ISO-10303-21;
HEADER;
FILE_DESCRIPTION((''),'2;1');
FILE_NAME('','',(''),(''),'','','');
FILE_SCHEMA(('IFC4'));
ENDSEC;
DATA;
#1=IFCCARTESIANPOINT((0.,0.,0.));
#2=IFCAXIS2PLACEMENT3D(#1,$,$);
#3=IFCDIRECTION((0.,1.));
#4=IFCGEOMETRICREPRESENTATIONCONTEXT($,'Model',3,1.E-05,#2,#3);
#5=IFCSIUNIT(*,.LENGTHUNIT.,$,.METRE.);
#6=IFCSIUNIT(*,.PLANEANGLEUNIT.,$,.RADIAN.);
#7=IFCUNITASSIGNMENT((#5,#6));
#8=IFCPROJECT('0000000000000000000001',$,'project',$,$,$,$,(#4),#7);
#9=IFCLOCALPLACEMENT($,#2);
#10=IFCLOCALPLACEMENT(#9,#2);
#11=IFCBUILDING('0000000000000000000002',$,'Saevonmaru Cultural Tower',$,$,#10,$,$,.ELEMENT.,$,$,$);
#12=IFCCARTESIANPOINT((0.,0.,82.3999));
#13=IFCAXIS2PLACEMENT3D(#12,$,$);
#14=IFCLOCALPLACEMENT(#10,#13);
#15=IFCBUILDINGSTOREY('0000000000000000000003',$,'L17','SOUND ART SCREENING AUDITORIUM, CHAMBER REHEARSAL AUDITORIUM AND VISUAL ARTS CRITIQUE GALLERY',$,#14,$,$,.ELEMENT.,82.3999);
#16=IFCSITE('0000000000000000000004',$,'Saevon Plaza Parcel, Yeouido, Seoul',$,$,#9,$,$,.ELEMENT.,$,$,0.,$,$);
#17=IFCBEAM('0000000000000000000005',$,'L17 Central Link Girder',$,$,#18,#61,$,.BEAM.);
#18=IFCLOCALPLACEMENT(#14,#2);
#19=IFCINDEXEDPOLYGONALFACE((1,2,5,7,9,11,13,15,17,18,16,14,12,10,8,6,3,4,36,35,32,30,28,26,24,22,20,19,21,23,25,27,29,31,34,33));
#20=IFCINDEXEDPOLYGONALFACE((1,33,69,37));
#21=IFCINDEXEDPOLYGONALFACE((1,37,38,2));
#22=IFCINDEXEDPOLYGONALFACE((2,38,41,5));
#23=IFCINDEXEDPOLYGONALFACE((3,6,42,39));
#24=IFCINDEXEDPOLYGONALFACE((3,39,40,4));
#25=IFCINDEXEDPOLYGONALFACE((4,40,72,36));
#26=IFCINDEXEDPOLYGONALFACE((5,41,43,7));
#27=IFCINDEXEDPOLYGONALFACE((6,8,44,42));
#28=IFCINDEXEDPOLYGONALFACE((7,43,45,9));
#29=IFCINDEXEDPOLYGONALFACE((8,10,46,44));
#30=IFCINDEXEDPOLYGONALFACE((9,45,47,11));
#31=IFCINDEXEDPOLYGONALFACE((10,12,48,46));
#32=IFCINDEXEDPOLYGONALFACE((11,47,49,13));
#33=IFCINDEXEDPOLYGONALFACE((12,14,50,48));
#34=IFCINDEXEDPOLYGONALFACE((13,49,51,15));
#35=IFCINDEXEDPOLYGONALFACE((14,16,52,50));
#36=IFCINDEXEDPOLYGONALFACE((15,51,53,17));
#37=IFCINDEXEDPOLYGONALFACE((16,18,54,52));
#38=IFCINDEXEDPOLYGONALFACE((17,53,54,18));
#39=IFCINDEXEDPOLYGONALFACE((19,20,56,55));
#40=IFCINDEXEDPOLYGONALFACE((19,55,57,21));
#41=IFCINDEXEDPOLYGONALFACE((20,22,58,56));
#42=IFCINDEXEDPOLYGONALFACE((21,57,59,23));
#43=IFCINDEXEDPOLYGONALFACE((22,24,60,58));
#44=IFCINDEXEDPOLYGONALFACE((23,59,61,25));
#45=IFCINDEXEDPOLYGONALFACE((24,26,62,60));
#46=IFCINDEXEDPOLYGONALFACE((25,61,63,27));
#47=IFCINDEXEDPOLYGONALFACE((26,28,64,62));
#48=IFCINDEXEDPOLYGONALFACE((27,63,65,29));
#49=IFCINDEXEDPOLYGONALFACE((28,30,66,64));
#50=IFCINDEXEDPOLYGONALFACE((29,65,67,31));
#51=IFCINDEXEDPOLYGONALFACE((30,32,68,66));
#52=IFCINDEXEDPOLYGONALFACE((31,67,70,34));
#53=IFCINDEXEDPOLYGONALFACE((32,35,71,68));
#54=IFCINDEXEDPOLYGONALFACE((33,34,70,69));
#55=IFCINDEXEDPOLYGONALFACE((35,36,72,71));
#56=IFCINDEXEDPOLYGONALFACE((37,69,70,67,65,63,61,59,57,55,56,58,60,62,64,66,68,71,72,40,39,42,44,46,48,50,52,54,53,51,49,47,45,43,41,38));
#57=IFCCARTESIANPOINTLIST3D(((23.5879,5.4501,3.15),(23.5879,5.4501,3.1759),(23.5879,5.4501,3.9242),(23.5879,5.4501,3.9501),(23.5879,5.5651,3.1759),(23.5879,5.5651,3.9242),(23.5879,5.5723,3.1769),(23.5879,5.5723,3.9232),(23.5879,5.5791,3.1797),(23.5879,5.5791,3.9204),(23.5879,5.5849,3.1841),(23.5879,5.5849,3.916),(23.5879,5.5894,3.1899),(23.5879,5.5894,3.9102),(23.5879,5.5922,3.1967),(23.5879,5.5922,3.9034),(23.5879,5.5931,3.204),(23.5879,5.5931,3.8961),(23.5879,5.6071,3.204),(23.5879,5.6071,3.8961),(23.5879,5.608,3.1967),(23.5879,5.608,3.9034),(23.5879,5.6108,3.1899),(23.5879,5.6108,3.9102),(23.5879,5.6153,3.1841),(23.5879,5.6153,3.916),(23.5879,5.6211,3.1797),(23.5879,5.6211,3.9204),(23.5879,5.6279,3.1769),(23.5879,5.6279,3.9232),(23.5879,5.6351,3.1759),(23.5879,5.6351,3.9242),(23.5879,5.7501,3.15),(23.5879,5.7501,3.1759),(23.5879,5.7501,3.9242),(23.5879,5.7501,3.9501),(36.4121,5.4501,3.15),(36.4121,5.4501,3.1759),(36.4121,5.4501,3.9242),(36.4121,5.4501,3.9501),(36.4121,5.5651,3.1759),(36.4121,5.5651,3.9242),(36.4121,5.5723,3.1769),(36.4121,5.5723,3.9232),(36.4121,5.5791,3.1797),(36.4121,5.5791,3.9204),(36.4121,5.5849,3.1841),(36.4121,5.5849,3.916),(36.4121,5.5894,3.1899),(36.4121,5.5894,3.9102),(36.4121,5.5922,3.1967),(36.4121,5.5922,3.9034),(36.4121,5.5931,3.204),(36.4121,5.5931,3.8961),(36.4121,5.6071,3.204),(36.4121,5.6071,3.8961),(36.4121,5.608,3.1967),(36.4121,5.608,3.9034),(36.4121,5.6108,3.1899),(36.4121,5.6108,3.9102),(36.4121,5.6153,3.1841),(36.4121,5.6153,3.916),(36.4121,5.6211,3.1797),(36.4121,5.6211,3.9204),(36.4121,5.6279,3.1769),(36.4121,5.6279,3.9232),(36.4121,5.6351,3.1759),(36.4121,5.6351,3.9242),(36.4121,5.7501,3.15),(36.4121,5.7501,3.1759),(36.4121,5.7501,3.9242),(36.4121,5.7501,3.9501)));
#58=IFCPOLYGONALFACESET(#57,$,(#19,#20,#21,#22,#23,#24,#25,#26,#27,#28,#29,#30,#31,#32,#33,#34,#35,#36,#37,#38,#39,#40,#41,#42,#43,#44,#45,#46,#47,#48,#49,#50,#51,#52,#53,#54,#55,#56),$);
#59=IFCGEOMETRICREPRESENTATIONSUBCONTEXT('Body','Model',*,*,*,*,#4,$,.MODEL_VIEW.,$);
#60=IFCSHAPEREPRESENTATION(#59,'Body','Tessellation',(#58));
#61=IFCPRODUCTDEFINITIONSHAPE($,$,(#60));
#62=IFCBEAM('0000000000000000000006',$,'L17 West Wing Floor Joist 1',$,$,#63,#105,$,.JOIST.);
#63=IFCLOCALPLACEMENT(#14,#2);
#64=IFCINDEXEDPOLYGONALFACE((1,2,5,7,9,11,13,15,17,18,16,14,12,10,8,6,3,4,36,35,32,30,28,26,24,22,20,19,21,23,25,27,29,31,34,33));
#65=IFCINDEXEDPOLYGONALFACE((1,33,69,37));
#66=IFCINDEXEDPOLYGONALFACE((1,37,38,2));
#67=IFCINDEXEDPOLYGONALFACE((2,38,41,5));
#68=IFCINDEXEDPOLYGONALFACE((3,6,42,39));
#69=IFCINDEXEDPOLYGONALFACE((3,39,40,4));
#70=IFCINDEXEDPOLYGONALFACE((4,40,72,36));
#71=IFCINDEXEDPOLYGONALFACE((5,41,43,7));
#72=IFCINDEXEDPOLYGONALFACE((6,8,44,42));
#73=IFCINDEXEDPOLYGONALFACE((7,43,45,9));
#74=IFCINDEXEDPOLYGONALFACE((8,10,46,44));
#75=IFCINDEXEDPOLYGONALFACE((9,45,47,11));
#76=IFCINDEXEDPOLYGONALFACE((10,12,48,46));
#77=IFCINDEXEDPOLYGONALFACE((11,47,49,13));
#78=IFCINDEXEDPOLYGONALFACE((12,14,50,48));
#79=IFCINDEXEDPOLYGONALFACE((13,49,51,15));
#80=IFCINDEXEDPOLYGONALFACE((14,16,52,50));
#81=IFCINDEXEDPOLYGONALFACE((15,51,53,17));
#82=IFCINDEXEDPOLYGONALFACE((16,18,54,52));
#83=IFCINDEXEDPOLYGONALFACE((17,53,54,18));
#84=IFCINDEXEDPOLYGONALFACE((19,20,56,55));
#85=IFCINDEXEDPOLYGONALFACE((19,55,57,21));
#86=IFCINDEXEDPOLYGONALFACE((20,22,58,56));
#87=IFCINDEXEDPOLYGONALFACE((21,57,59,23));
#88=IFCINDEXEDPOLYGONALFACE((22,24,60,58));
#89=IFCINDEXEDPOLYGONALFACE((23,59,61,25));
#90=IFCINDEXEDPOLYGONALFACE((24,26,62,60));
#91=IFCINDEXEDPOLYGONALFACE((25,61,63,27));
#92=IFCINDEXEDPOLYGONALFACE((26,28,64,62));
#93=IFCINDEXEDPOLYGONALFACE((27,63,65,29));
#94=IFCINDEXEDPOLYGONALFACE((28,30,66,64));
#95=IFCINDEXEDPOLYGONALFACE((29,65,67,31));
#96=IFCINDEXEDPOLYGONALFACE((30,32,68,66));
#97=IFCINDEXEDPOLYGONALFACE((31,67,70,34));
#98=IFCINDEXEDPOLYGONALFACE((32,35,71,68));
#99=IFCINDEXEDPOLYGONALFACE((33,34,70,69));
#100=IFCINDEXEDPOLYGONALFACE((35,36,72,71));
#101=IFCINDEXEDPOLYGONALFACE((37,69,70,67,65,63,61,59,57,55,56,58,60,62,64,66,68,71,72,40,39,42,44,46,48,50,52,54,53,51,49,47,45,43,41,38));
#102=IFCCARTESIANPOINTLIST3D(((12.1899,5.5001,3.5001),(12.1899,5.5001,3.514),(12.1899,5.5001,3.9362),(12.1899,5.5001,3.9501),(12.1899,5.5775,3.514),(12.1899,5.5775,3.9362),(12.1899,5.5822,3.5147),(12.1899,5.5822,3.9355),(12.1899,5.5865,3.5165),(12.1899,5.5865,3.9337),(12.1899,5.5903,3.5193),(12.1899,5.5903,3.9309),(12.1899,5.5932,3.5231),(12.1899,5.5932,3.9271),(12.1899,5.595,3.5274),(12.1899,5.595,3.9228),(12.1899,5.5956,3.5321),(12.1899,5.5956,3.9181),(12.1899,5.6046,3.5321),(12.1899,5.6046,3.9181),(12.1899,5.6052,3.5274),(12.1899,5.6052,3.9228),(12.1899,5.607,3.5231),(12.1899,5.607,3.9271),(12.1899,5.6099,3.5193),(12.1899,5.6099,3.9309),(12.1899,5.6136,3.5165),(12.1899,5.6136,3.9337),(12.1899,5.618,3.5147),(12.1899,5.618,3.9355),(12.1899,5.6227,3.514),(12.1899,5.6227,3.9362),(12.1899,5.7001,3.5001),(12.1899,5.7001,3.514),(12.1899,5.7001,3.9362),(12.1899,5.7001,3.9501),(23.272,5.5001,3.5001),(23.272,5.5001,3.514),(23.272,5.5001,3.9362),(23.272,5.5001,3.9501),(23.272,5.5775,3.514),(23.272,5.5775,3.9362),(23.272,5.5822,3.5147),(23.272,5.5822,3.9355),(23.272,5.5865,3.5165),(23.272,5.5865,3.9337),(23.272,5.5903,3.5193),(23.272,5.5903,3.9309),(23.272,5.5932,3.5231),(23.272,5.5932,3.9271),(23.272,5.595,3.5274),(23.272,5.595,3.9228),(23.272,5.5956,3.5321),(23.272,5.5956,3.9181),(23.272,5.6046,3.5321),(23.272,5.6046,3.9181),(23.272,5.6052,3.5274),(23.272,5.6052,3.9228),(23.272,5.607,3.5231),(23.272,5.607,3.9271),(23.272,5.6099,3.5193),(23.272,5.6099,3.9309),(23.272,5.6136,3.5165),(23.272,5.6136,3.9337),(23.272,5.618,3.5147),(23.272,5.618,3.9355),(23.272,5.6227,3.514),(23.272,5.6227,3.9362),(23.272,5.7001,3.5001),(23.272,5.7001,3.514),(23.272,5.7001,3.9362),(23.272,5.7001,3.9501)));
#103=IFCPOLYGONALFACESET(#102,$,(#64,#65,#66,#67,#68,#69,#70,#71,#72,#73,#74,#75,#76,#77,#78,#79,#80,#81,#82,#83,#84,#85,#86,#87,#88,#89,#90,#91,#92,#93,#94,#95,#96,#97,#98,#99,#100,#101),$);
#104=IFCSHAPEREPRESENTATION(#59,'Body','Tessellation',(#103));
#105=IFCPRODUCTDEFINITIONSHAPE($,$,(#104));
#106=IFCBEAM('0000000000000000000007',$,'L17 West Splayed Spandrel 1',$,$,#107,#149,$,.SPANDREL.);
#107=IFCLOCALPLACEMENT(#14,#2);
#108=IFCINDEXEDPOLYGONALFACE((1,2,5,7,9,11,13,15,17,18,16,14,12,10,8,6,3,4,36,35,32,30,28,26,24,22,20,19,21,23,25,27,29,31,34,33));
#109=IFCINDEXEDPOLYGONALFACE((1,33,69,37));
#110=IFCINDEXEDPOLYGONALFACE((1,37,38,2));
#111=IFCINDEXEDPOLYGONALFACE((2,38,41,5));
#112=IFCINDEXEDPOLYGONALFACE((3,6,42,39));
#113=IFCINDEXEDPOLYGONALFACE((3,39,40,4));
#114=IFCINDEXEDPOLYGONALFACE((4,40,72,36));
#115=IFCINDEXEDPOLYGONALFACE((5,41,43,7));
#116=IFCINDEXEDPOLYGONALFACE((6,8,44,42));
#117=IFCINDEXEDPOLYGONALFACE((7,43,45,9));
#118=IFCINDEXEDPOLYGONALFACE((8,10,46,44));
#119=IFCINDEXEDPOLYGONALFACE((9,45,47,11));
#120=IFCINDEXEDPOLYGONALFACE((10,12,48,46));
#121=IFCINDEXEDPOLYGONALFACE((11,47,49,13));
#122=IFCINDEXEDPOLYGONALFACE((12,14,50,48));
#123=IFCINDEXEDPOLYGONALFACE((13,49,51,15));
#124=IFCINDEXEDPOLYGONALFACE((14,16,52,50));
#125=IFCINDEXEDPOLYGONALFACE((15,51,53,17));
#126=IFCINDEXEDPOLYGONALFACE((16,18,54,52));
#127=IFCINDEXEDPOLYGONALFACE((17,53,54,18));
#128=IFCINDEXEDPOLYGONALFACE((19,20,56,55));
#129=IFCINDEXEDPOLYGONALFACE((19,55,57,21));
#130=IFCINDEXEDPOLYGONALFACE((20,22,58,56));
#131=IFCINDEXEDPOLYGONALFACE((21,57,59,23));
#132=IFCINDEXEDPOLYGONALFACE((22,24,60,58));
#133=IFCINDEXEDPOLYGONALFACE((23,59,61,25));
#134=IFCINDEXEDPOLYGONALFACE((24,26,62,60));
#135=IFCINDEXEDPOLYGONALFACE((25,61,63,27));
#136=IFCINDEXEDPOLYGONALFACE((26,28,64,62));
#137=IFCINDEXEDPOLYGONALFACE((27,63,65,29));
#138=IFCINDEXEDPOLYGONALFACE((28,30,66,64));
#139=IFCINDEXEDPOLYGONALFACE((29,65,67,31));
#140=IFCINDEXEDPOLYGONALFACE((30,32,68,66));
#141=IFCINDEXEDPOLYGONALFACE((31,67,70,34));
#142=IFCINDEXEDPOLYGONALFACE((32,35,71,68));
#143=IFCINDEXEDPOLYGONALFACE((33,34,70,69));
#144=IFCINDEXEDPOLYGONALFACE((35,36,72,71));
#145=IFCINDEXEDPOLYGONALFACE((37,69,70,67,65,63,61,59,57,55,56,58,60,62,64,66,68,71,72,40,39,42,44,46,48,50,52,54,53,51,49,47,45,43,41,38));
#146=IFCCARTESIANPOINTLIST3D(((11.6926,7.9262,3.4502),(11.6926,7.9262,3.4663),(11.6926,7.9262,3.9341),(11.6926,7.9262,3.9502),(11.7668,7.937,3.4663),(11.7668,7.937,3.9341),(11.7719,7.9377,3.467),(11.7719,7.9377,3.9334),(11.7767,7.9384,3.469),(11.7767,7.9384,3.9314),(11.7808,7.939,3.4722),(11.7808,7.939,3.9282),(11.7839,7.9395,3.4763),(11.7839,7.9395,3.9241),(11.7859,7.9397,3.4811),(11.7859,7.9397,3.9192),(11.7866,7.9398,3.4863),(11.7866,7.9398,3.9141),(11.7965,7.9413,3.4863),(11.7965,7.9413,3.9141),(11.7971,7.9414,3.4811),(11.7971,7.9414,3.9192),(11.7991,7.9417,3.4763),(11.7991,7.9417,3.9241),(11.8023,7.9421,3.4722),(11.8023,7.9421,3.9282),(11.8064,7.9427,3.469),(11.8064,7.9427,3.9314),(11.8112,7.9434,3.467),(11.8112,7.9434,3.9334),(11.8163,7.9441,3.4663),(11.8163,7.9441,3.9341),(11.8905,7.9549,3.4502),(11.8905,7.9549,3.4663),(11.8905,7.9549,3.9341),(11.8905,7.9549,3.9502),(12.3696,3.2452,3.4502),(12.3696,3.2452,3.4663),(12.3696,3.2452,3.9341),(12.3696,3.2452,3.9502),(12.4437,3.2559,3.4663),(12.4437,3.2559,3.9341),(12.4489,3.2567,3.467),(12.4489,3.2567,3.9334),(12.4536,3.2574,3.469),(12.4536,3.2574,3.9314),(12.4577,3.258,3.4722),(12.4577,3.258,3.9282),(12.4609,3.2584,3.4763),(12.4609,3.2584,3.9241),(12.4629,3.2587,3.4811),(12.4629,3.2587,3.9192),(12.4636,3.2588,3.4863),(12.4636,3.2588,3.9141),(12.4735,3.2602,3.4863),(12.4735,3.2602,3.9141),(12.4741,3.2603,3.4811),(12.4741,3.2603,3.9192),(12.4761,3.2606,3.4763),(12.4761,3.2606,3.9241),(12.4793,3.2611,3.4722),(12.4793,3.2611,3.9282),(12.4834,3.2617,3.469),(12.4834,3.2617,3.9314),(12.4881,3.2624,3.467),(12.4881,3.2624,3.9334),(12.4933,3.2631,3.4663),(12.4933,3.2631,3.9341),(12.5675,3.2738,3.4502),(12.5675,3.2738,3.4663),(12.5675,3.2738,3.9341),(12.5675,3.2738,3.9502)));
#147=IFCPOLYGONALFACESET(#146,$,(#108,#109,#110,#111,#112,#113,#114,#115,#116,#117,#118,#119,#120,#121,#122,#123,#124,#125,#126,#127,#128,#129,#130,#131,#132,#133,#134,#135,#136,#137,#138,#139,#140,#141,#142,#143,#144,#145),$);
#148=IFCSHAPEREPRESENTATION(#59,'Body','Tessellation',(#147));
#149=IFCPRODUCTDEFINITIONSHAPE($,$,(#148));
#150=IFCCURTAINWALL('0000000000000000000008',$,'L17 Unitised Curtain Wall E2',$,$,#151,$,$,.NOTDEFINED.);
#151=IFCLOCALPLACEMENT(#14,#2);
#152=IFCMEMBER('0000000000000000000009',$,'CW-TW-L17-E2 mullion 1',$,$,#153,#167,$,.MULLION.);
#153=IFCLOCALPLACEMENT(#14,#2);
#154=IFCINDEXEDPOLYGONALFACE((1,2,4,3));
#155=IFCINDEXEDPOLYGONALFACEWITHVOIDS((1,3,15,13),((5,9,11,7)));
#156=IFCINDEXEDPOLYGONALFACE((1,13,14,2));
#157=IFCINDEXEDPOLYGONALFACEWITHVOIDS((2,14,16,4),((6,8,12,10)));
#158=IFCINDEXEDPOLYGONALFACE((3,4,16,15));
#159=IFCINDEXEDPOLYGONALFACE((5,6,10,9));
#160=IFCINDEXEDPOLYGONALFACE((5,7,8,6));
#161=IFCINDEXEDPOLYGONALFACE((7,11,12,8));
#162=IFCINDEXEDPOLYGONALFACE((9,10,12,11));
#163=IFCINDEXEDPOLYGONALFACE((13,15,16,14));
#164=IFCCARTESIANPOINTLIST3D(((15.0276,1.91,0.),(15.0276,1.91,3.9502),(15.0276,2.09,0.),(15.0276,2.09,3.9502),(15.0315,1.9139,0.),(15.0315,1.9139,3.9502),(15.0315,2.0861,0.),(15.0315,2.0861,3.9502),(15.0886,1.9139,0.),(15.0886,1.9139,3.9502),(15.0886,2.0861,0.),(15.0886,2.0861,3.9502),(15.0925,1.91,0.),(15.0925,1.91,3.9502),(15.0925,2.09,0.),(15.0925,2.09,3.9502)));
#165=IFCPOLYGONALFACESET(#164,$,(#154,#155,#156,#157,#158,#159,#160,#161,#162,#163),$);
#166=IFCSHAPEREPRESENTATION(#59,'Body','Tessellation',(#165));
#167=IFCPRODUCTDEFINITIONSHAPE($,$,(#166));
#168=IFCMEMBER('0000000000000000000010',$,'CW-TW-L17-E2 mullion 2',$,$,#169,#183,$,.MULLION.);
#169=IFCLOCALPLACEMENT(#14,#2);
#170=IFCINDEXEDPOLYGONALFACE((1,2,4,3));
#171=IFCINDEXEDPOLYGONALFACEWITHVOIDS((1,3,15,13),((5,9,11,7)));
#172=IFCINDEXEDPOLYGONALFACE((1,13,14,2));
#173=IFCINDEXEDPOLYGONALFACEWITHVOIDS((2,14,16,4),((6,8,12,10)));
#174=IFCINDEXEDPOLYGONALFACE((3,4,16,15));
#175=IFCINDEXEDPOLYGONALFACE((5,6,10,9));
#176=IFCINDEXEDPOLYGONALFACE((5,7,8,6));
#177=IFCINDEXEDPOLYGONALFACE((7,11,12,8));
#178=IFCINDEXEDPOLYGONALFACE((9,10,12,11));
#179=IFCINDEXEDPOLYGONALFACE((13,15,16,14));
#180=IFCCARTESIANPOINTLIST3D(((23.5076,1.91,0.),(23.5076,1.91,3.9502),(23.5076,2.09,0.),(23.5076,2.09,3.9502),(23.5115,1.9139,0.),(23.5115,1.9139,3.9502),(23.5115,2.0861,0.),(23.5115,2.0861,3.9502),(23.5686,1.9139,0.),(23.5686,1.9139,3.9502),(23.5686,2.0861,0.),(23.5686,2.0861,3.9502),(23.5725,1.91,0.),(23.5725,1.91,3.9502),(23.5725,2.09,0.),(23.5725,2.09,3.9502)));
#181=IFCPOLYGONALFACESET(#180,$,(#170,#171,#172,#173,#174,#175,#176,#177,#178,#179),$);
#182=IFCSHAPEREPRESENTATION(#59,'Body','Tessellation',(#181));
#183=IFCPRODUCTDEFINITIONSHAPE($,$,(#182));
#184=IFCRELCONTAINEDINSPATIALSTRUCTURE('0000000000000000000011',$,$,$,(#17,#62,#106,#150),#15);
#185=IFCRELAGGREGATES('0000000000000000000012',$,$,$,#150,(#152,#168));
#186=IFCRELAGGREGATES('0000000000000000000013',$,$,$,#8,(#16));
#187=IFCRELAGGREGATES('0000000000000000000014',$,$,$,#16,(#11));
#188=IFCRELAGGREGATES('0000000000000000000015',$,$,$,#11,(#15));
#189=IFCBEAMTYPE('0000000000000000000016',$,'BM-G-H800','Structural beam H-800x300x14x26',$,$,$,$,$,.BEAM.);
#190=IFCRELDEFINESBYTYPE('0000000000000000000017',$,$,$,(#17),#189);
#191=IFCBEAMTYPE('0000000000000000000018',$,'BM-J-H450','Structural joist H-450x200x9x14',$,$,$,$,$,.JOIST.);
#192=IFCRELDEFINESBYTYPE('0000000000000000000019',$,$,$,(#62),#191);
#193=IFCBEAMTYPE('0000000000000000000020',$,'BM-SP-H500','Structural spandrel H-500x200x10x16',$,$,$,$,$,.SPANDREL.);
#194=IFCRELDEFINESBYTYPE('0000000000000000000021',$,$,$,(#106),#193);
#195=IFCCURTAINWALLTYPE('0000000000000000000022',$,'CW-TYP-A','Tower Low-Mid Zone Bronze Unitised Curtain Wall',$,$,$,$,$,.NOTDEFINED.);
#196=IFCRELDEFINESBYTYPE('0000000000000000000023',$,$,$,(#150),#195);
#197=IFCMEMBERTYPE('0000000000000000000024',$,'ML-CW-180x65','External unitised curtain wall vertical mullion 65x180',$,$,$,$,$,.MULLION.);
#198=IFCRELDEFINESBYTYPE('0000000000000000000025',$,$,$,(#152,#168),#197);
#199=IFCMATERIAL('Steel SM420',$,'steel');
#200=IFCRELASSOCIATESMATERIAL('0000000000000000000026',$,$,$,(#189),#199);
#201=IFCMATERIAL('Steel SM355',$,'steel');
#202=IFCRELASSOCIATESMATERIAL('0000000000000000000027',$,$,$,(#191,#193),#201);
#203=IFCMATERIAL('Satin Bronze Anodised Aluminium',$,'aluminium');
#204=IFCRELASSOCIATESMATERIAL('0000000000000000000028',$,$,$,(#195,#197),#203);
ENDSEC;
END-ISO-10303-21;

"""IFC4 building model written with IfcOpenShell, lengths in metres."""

from ifc_helpers import new_model, si_unit, direction, frame, origin, origin_2d, place, context, subcontext, project, spatial, hollow_rectangle, i_section, extrude, material, material_profile, profile_set, type_object, element, aggregate, save


model = new_model("IFC4")

# Units and contexts
model_context = context("Model", 3, precision=1e-05, world=origin(), true_north=direction((0.0, 1.0)))
body_context = subcontext(model_context, "Body", "Model", "MODEL_VIEW")
ifc_project = project(units=[si_unit("LENGTHUNIT", "METRE"), si_unit("PLANEANGLEUNIT", "RADIAN")], contexts=[model_context])

# Site, building, storey
site_placement = place(None, origin())
site = spatial("IfcSite", under=ifc_project, at=site_placement, Name="Saevon Plaza Parcel, Yeouido, Seoul", CompositionType="ELEMENT", RefElevation=0.0)
building_placement = place(site_placement, origin())
building = spatial("IfcBuilding", under=site, at=building_placement, Name="Saevonmaru Cultural Tower", CompositionType="ELEMENT")
storey_placement = place(building_placement, frame((0.0, 0.0, 82.3999)))
storey = spatial("IfcBuildingStorey", under=building, at=storey_placement, Name="L17", Description="SOUND ART SCREENING AUDITORIUM, CHAMBER REHEARSAL AUDITORIUM AND VISUAL ARTS CRITIQUE GALLERY", CompositionType="ELEMENT", Elevation=82.3999)

# Shared definitions
ifc_material_1 = material(Name="Steel SM420", Category="steel")

# Beams
ifc_material_profile_1 = material_profile(ifc_material_1, i_section(OverallWidth=0.3, OverallDepth=0.8, WebThickness=0.0139, FlangeThickness=0.0259, FilletRadius=0.0281, at=origin_2d()), Name="H-800x300x14x26")
ifc_profile_set_1 = profile_set([ifc_material_profile_1], Name="Steel SM420")
beam_type_1 = type_object("IfcBeamType", Name="BM-G-H800", Description="Structural beam H-800x300x14x26", PredefinedType="BEAM", material=ifc_profile_set_1)
beam_1_placement = place(storey_placement, frame((23.5879, 5.6001, 3.55), z_axis=(1.0, 0.0, 0.0), x_axis=(0.0, 1.0, 0.0)))
element("IfcBeam", 1, at=beam_1_placement, inside=storey, type_object=beam_type_1, Name="L17 Central Link Girder", PredefinedType="BEAM", context=body_context, shape_type="SweptSolid", body=[
    extrude(i_section(OverallWidth=0.3, OverallDepth=0.8, WebThickness=0.0139, FlangeThickness=0.0259, FilletRadius=0.0281, at=origin_2d()), origin(), (0.0, 0.0, 1.0), 12.8242),
])
ifc_material_2 = material(Name="Steel SM355", Category="steel")
ifc_material_profile_2 = material_profile(ifc_material_2, i_section(OverallWidth=0.2, OverallDepth=0.45, WebThickness=0.009, FlangeThickness=0.0139, FilletRadius=0.0181, at=origin_2d()), Name="H-450x200x9x14")
ifc_profile_set_2 = profile_set([ifc_material_profile_2], Name="Steel SM355")
beam_type_2 = type_object("IfcBeamType", Name="BM-J-H450", Description="Structural joist H-450x200x9x14", PredefinedType="JOIST", material=ifc_profile_set_2)
beam_2_placement = place(storey_placement, frame((12.1899, 5.6001, 3.7251), z_axis=(1.0, 0.0, 0.0), x_axis=(0.0, 1.0, 0.0)))
element("IfcBeam", 2, at=beam_2_placement, inside=storey, type_object=beam_type_2, Name="L17 West Wing Floor Joist 1", PredefinedType="JOIST", context=body_context, shape_type="SweptSolid", body=[
    extrude(i_section(OverallWidth=0.2, OverallDepth=0.45, WebThickness=0.009, FlangeThickness=0.0139, FilletRadius=0.0181, at=origin_2d()), origin(), (0.0, 0.0, 1.0), 11.082),
])
ifc_material_profile_3 = material_profile(ifc_material_2, i_section(OverallWidth=0.2, OverallDepth=0.5, WebThickness=0.01, FlangeThickness=0.0161, FilletRadius=0.02, at=origin_2d()), Name="H-500x200x10x16")
ifc_profile_set_3 = profile_set([ifc_material_profile_3], Name="Steel SM355")
beam_type_3 = type_object("IfcBeamType", Name="BM-SP-H500", Description="Structural spandrel H-500x200x10x16", PredefinedType="SPANDREL", material=ifc_profile_set_3)
beam_3_placement = place(storey_placement, frame((12.4685, 3.2595, 3.7002), z_axis=(-0.143134, 0.989703, 0.0), x_axis=(-0.989703, -0.143134, 0.0)))
element("IfcBeam", 3, at=beam_3_placement, inside=storey, type_object=beam_type_3, Name="L17 West Splayed Spandrel 1", PredefinedType="SPANDREL", context=body_context, shape_type="SweptSolid", body=[
    extrude(i_section(OverallWidth=0.2, OverallDepth=0.5, WebThickness=0.01, FlangeThickness=0.0161, FilletRadius=0.02, at=origin_2d()), origin(), (0.0, 0.0, 1.0), 4.7297),
])

# Curtain wall, members
ifc_material_3 = material(Name="Satin Bronze Anodised Aluminium", Category="aluminium")
curtain_wall_type = type_object("IfcCurtainWallType", Name="CW-TYP-A", Description="Tower Low-Mid Zone Bronze Unitised Curtain Wall", PredefinedType="NOTDEFINED", material=ifc_material_3)
curtain_wall_1_placement = place(storey_placement, origin())
curtain_wall_1 = element("IfcCurtainWall", 4, at=curtain_wall_1_placement, inside=storey, type_object=curtain_wall_type, Name="L17 Unitised Curtain Wall E2", PredefinedType="NOTDEFINED")
ifc_material_profile_4 = material_profile(ifc_material_3, hollow_rectangle(XDim=0.0649, YDim=0.1799, WallThickness=0.0039, at=origin_2d()), Name="ALU-MULL-180x65x4")
ifc_profile_set_4 = profile_set([ifc_material_profile_4], Name="Satin Bronze Anodised Aluminium")
member_type_1 = type_object("IfcMemberType", Name="ML-CW-180x65", Description="External unitised curtain wall vertical mullion 65x180", PredefinedType="MULLION", material=ifc_profile_set_4)
member_1_placement = place(storey_placement, frame((15.0601, 2.0, 0.0), z_axis=(0.0, 0.0, 1.0), x_axis=(1.0, 0.0, 0.0)))
member_1 = element("IfcMember", 5, at=member_1_placement, type_object=member_type_1, Name="CW-TW-L17-E2 mullion 1", PredefinedType="MULLION", context=body_context, shape_type="SweptSolid", body=[
    extrude(hollow_rectangle(XDim=0.0649, YDim=0.1799, WallThickness=0.0039, at=origin_2d()), origin(), (0.0, 0.0, 1.0), 3.9502),
])
member_2_placement = place(storey_placement, frame((23.54, 2.0, 0.0), z_axis=(0.0, 0.0, 1.0), x_axis=(1.0, 0.0, 0.0)))
member_2 = element("IfcMember", 6, at=member_2_placement, type_object=member_type_1, Name="CW-TW-L17-E2 mullion 2", PredefinedType="MULLION", context=body_context, shape_type="SweptSolid", body=[
    extrude(hollow_rectangle(XDim=0.0649, YDim=0.1799, WallThickness=0.0039, at=origin_2d()), origin(), (0.0, 0.0, 1.0), 3.9502),
])

aggregate(curtain_wall_1, [member_1, member_2])

save(model, "model.ifc")
